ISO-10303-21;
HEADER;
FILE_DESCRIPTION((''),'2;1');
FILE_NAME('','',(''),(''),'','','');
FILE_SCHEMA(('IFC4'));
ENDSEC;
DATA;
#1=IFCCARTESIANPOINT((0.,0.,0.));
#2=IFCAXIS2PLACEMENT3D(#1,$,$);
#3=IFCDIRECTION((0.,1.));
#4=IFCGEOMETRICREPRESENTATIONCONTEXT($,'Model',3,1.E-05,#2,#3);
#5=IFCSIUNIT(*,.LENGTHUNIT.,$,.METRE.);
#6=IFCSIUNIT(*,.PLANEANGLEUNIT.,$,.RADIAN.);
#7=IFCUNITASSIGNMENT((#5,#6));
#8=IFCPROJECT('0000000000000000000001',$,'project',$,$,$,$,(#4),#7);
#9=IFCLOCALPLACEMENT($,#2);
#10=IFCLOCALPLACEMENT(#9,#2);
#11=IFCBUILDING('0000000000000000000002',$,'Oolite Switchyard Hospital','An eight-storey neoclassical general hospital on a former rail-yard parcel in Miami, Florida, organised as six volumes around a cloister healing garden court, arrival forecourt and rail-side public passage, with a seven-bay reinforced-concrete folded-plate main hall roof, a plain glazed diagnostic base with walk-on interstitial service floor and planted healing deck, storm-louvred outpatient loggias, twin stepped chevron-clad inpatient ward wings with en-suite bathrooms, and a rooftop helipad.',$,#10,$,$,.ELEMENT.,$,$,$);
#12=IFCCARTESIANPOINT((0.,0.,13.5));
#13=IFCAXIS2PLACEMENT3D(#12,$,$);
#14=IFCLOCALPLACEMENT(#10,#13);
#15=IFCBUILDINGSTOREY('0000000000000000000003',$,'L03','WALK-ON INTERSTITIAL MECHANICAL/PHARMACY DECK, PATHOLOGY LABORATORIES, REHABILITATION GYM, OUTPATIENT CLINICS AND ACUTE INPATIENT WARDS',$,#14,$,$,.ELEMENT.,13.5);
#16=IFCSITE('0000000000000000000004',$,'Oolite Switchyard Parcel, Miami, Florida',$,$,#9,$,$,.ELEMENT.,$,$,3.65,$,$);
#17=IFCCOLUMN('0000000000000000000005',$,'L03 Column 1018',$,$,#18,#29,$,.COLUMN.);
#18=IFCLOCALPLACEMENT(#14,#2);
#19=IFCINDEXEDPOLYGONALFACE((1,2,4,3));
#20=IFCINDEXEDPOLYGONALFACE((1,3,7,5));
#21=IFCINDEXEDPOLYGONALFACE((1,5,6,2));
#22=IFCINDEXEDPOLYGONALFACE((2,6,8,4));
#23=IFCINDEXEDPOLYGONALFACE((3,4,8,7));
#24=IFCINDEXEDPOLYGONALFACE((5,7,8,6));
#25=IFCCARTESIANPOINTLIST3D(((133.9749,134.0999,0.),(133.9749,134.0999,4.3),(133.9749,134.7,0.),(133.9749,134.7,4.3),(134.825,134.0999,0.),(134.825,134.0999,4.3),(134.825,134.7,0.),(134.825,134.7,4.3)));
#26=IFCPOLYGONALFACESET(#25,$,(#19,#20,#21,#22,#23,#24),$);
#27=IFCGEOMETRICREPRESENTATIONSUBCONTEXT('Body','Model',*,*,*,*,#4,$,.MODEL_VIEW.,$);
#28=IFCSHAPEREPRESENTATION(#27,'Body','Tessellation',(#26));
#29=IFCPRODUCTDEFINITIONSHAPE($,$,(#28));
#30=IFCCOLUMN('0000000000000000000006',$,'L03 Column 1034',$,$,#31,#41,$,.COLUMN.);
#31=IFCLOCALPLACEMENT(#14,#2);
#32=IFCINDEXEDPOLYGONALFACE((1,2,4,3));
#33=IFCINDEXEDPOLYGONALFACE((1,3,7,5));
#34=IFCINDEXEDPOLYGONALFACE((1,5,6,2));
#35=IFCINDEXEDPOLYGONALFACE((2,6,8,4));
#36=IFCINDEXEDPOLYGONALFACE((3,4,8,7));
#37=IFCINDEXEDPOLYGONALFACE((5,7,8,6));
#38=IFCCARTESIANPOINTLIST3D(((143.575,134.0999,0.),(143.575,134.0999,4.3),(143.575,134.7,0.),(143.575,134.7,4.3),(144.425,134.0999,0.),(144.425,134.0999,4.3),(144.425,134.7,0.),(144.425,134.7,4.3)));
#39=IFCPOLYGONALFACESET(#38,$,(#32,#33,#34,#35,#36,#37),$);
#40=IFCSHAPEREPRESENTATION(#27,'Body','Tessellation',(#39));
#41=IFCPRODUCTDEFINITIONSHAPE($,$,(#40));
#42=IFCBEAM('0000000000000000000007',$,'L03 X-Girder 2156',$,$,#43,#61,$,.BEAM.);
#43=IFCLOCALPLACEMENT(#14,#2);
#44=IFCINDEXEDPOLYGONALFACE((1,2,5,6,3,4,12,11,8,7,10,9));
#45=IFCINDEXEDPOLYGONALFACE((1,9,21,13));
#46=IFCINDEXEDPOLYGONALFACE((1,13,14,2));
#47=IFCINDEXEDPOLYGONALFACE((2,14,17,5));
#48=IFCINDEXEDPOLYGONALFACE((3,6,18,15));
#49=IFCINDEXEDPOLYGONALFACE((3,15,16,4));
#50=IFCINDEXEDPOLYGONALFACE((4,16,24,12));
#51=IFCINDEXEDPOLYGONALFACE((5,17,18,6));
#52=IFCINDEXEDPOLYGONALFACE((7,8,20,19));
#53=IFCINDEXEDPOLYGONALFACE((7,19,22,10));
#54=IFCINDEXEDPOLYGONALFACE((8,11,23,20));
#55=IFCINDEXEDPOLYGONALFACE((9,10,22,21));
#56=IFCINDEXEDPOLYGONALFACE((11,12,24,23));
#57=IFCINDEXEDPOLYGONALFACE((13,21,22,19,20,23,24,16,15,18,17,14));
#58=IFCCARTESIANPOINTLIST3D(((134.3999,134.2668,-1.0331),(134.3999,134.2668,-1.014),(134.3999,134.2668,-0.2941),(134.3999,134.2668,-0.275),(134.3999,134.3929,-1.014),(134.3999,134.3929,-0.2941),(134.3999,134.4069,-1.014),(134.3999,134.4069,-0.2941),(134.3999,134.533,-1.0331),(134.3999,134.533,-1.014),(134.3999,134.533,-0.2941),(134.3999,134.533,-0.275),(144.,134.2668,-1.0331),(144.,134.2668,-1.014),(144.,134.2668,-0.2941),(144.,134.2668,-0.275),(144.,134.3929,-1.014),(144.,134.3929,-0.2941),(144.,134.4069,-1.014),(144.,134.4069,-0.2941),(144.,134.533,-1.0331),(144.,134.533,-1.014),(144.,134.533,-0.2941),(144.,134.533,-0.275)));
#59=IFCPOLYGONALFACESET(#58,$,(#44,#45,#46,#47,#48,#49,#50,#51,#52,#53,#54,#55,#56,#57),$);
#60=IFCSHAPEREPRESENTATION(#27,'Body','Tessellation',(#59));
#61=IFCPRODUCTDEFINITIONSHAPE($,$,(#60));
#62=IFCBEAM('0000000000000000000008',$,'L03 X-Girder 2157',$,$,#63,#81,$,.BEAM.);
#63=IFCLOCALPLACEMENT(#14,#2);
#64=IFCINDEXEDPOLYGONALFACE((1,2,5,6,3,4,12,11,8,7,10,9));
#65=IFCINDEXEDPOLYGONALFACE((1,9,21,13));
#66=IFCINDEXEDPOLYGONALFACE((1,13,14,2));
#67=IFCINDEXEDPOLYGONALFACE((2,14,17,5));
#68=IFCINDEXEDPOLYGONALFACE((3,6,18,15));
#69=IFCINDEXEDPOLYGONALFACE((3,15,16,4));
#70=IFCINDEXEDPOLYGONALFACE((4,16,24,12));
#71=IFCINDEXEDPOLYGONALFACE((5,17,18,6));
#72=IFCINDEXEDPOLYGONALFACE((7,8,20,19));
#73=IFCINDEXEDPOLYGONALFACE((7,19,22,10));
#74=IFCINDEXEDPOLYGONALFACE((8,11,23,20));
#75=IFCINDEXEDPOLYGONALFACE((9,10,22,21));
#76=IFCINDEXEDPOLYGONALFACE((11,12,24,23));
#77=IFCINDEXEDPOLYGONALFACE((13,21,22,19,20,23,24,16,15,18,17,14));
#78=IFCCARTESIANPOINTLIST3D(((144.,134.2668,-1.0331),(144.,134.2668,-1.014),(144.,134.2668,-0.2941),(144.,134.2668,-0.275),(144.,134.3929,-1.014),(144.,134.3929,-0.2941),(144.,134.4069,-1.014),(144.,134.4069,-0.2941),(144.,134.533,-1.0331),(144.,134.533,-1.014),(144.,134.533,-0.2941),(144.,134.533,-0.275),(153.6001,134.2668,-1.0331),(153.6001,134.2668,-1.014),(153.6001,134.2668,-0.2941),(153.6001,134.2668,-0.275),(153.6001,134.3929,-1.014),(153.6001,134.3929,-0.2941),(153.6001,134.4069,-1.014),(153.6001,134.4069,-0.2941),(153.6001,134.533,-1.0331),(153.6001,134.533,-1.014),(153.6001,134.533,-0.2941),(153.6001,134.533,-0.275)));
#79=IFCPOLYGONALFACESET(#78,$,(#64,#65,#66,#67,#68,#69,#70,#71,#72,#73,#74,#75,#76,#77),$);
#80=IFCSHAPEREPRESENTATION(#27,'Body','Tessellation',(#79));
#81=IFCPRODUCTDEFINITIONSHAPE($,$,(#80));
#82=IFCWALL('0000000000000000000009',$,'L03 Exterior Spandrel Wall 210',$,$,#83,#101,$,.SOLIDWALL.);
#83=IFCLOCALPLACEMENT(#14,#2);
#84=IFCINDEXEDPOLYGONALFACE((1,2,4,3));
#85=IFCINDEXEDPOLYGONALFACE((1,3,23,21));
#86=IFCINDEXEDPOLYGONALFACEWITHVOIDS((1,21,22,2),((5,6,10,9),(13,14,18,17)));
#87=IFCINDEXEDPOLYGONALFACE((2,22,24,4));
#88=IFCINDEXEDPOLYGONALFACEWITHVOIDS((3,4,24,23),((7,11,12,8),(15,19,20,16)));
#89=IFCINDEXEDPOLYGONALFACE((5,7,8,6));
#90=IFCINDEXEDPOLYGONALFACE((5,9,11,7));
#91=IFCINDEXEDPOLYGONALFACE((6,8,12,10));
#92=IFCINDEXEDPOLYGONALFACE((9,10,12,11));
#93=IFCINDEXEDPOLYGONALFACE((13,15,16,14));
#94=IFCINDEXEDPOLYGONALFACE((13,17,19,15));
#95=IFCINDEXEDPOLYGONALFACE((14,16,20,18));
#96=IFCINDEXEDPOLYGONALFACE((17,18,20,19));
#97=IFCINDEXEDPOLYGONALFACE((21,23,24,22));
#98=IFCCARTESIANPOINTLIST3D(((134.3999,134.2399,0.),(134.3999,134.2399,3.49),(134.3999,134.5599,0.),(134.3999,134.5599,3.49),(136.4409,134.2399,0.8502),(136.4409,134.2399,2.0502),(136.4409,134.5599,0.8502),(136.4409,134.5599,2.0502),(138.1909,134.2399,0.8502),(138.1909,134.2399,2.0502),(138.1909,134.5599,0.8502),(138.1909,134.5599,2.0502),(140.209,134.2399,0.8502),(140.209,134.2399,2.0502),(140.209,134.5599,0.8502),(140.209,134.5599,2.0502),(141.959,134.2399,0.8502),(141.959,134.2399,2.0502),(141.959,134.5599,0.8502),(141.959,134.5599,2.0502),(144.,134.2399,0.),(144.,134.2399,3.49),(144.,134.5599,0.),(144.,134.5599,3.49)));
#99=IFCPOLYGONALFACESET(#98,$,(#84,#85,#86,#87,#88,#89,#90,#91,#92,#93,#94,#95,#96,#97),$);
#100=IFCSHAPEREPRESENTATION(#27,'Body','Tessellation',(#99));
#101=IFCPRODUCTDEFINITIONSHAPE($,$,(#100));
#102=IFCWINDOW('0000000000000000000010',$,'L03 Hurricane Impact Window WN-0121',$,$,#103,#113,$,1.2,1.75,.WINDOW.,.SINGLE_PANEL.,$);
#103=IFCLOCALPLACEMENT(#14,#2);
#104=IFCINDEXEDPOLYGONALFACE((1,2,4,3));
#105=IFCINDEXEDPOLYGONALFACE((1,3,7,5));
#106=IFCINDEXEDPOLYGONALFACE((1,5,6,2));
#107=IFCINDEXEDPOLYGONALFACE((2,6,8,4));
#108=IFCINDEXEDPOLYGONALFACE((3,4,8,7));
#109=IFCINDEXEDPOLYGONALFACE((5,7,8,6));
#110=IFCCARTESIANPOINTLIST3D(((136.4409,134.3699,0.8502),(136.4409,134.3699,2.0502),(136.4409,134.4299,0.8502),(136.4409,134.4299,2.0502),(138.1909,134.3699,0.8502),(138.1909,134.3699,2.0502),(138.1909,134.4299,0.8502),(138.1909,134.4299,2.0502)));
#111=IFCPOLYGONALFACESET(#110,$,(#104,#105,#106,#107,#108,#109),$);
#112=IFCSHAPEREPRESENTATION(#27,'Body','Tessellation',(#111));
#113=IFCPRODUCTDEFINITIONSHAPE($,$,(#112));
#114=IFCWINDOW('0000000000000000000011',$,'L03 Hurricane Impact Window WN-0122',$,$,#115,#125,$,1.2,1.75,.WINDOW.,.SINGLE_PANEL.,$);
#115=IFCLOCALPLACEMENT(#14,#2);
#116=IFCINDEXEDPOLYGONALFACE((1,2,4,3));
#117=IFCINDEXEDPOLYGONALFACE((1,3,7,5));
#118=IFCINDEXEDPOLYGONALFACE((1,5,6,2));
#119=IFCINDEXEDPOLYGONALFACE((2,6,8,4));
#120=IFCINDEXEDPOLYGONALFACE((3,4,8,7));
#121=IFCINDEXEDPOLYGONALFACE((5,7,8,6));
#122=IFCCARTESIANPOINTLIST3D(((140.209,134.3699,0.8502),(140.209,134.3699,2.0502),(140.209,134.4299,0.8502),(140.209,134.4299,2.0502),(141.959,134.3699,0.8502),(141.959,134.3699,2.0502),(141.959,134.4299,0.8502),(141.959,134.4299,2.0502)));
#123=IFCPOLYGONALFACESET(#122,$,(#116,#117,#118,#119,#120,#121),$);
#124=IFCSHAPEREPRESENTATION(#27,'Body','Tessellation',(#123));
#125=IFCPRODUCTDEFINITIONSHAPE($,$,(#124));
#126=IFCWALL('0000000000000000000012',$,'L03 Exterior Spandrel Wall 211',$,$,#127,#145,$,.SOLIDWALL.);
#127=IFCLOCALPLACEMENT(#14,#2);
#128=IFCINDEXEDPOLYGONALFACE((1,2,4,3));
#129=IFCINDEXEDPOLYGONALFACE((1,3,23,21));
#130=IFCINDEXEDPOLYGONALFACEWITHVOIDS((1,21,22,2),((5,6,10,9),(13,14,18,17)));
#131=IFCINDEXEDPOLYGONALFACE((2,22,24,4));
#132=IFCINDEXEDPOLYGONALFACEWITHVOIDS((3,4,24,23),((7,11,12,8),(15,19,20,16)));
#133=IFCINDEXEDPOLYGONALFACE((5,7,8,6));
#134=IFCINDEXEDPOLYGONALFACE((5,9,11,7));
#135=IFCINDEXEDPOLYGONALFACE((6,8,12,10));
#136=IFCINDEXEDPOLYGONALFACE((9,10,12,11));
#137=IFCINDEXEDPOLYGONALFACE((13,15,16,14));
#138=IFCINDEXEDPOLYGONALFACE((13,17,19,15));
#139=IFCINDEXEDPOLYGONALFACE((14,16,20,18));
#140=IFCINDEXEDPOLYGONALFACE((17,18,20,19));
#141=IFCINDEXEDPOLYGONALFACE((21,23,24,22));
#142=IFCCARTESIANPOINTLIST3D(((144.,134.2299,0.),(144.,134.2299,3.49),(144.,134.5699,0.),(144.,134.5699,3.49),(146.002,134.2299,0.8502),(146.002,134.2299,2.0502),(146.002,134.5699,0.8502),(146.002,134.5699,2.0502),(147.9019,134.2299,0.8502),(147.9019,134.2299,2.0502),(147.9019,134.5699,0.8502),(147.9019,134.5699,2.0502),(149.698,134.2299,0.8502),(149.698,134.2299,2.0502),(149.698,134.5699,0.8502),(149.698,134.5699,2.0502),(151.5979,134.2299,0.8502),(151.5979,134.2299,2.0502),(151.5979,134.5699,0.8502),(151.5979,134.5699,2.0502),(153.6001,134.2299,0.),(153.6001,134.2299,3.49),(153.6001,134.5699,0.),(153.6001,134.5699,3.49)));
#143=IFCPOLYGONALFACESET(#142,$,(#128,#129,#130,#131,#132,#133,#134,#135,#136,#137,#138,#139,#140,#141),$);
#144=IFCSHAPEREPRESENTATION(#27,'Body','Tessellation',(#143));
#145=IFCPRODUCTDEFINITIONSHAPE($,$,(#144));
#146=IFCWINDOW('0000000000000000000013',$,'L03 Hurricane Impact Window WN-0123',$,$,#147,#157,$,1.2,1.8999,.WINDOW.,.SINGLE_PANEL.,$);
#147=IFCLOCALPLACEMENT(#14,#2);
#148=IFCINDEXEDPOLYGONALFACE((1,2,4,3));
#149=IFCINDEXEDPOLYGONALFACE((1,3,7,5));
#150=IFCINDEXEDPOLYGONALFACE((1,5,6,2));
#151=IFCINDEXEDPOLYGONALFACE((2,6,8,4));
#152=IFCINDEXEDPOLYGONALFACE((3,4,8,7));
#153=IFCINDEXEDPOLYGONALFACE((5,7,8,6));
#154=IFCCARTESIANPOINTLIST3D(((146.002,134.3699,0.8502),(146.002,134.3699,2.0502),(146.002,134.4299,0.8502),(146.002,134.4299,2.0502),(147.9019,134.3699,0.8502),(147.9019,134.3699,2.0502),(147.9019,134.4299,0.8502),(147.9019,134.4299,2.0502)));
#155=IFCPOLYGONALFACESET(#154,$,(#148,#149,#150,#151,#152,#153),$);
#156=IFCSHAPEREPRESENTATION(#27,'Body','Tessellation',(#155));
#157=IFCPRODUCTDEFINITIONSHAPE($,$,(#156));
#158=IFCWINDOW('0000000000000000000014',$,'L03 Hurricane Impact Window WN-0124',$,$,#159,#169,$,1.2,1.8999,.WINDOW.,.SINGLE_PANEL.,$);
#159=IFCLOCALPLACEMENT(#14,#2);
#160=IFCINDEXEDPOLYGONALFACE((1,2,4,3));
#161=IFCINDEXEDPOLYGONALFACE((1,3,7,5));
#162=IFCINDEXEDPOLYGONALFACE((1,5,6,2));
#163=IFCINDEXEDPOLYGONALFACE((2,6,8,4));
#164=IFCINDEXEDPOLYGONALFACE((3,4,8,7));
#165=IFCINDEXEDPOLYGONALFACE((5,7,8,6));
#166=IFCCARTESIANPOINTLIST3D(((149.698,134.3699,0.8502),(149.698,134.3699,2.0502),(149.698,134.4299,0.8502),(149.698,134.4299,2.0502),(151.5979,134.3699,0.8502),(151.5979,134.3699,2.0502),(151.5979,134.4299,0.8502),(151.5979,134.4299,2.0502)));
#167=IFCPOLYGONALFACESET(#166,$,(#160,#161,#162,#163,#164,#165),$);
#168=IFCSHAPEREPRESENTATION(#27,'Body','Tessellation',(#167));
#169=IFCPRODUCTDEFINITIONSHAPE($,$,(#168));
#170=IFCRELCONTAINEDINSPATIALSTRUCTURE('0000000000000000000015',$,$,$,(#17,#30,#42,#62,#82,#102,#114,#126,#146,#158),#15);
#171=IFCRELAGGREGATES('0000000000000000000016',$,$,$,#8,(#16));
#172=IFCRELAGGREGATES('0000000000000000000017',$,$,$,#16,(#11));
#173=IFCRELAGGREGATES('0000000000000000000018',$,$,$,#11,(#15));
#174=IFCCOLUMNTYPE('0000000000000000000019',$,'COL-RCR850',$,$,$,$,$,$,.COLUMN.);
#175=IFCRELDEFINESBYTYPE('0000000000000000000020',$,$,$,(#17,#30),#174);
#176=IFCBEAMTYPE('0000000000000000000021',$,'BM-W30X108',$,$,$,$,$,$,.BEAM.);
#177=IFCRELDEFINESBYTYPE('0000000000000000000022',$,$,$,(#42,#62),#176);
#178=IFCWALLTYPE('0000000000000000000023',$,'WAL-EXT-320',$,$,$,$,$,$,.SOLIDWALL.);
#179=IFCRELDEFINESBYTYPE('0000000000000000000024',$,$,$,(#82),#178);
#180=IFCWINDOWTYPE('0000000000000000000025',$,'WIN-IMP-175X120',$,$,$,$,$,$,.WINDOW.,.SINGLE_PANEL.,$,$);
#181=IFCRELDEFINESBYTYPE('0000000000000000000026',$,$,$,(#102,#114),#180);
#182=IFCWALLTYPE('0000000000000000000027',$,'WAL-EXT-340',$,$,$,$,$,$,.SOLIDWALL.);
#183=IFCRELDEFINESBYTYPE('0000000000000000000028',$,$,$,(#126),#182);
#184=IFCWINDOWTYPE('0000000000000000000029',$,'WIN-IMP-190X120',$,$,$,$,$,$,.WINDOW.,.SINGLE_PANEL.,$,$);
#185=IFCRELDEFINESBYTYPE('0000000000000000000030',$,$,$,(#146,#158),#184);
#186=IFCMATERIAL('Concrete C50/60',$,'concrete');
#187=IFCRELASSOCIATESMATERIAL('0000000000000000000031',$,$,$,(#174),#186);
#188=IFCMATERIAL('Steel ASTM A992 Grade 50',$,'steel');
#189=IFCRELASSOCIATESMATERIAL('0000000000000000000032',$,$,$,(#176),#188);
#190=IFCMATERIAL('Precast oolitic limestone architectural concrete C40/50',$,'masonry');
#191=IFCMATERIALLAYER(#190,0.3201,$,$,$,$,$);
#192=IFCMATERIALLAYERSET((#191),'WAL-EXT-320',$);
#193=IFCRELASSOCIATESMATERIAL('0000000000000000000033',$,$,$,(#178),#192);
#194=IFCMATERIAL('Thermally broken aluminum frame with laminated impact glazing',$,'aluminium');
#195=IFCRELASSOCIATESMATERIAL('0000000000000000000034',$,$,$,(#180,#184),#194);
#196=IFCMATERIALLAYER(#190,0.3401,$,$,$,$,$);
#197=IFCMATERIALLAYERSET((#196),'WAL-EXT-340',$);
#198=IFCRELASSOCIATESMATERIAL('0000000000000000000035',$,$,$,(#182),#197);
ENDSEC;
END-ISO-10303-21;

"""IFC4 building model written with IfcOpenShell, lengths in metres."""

from ifc_helpers import new_model, si_unit, direction, frame, frame_2d, origin, origin_2d, place, context, subcontext, project, spatial, rectangle, i_section, extrude, material, layer, layer_set, material_profile, profile_set, type_object, element, fill, save


model = new_model("IFC4")

# Units and contexts
model_context = context("Model", 3, precision=1e-05, world=origin(), true_north=direction((0.0, 1.0)))
body_context = subcontext(model_context, "Body", "Model", "MODEL_VIEW")
ifc_project = project(units=[si_unit("LENGTHUNIT", "METRE"), si_unit("PLANEANGLEUNIT", "RADIAN")], contexts=[model_context])

# Site, building, storey
site_placement = place(None, origin())
site = spatial("IfcSite", under=ifc_project, at=site_placement, Name="Oolite Switchyard Parcel, Miami, Florida", CompositionType="ELEMENT", RefElevation=3.65)
building_placement = place(site_placement, origin())
building = spatial("IfcBuilding", under=site, at=building_placement, Name="Oolite Switchyard Hospital", Description="An eight-storey neoclassical general hospital on a former rail-yard parcel in Miami, Florida, organised as six volumes around a cloister healing garden court, arrival forecourt and rail-side public passage, with a seven-bay reinforced-concrete folded-plate main hall roof, a plain glazed diagnostic base with walk-on interstitial service floor and planted healing deck, storm-louvred outpatient loggias, twin stepped chevron-clad inpatient ward wings with en-suite bathrooms, and a rooftop helipad.", CompositionType="ELEMENT")
storey_placement = place(building_placement, frame((0.0, 0.0, 13.5)))
storey = spatial("IfcBuildingStorey", under=building, at=storey_placement, Name="L03", Description="WALK-ON INTERSTITIAL MECHANICAL/PHARMACY DECK, PATHOLOGY LABORATORIES, REHABILITATION GYM, OUTPATIENT CLINICS AND ACUTE INPATIENT WARDS", CompositionType="ELEMENT", Elevation=13.5)

# Columns
ifc_material_1 = material(Name="Concrete C50/60", Category="concrete")
ifc_material_profile_1 = material_profile(ifc_material_1, rectangle(XDim=0.8501, YDim=0.6001, at=origin_2d()), Name="RC850X600")
ifc_profile_set_1 = profile_set([ifc_material_profile_1], Name="Concrete C50/60")
column_type = type_object("IfcColumnType", Name="COL-RCR850", PredefinedType="COLUMN", material=ifc_profile_set_1)
for number, where, z_axis, x_axis, name in (
    (1, (134.3999, 134.3999, 0.0), (0.0, 0.0, 1.0), (1.0, 0.0, 0.0), "L03 Column 1018"),
    (2, (144.0, 134.3999, 0.0), (0.0, 0.0, 1.0), (1.0, 0.0, 0.0), "L03 Column 1034"),
):
    element("IfcColumn", number, at=place(storey_placement, frame(where, z_axis=z_axis, x_axis=x_axis)), inside=storey, type_object=column_type, Name=name, PredefinedType="COLUMN", context=body_context, shape_type="SweptSolid", body=[
        extrude(rectangle(XDim=0.8501, YDim=0.6001, at=origin_2d()), origin(), (0.0, 0.0, 1.0), 4.3),
    ])

# Beams
ifc_material_2 = material(Name="Steel ASTM A992 Grade 50", Category="steel")
ifc_material_profile_2 = material_profile(ifc_material_2, i_section(OverallWidth=0.2661, OverallDepth=0.7581, WebThickness=0.0139, FlangeThickness=0.019, at=origin_2d()), Name="W30X108")
ifc_profile_set_2 = profile_set([ifc_material_profile_2], Name="Steel ASTM A992 Grade 50")
beam_type = type_object("IfcBeamType", Name="BM-W30X108", PredefinedType="BEAM", material=ifc_profile_set_2)
for number, where, z_axis, x_axis, name in (
    (3, (134.3999, 134.3999, -0.6541), (1.0, 0.0, 0.0), (0.0, 1.0, 0.0), "L03 X-Girder 2156"),
    (4, (144.0, 134.3999, -0.6541), (1.0, 0.0, 0.0), (0.0, 1.0, 0.0), "L03 X-Girder 2157"),
):
    element("IfcBeam", number, at=place(storey_placement, frame(where, z_axis=z_axis, x_axis=x_axis)), inside=storey, type_object=beam_type, Name=name, PredefinedType="BEAM", context=body_context, shape_type="SweptSolid", body=[
        extrude(i_section(OverallWidth=0.2661, OverallDepth=0.7581, WebThickness=0.0139, FlangeThickness=0.019, at=origin_2d()), origin(), (0.0, 0.0, 1.0), 9.6001),
    ])

# Walls, openings, windows
ifc_material_3 = material(Name="Precast oolitic limestone architectural concrete C40/50", Category="masonry")
ifc_layer_1 = layer(ifc_material_3, 0.3201)
ifc_layer_set_1 = layer_set([ifc_layer_1], Name="WAL-EXT-320")
wall_type_1 = type_object("IfcWallType", Name="WAL-EXT-320", PredefinedType="SOLIDWALL", material=ifc_layer_set_1)
wall_1_placement = place(storey_placement, frame((134.3999, 134.3999, 0.0), z_axis=(0.0, 0.0, 1.0), x_axis=(1.0, 0.0, 0.0)))
wall_1 = element("IfcWall", 5, at=wall_1_placement, inside=storey, type_object=wall_type_1, Name="L03 Exterior Spandrel Wall 210", PredefinedType="SOLIDWALL", context=body_context, shape_type="SweptSolid", body=[
    extrude(rectangle(XDim=9.6001, YDim=0.3201, at=frame_2d((4.8, 0.0))), origin(), (0.0, 0.0, 1.0), 3.49),
])
opening_1_placement = place(wall_1_placement, frame((2.041, 0.0, 0.8501)))
opening_1 = element("IfcOpeningElement", 6, at=opening_1_placement, cuts=wall_1, PredefinedType="OPENING", context=body_context, shape_type="SweptSolid", body=[
    extrude(rectangle(XDim=1.75, YDim=1.2, at=frame_2d((0.875, 0.6001))), frame((0.0, 0.1699, 0.0), z_axis=(0.0, -1.0, 0.0), x_axis=(1.0, 0.0, 0.0)), (0.0, 0.0, 1.0), 0.3401),
])
opening_2_placement = place(wall_1_placement, frame((5.8091, 0.0, 0.8501)))
opening_2 = element("IfcOpeningElement", 7, at=opening_2_placement, cuts=wall_1, PredefinedType="OPENING", context=body_context, shape_type="SweptSolid", body=[
    extrude(rectangle(XDim=1.75, YDim=1.2, at=frame_2d((0.875, 0.6001))), frame((0.0, 0.1699, 0.0), z_axis=(0.0, -1.0, 0.0), x_axis=(1.0, 0.0, 0.0)), (0.0, 0.0, 1.0), 0.3401),
])
ifc_material_4 = material(Name="Thermally broken aluminum frame with laminated impact glazing", Category="aluminium")
window_type_1 = type_object("IfcWindowType", Name="WIN-IMP-175X120", PartitioningType="SINGLE_PANEL", PredefinedType="WINDOW", material=ifc_material_4)
window_1_placement = place(opening_1_placement, origin())
window_1 = element("IfcWindow", 8, at=window_1_placement, inside=storey, type_object=window_type_1, Name="L03 Hurricane Impact Window WN-0121", OverallHeight=1.2, OverallWidth=1.75, PartitioningType="SINGLE_PANEL", PredefinedType="WINDOW", context=body_context, shape_type="SweptSolid", body=[
    extrude(rectangle(XDim=1.75, YDim=1.2, at=frame_2d((0.875, 0.6001))), frame((0.0, 0.03, 0.0), z_axis=(0.0, -1.0, 0.0), x_axis=(1.0, 0.0, 0.0)), (0.0, 0.0, 1.0), 0.0601),
])
fill(opening_1, window_1)
window_2_placement = place(opening_2_placement, origin())
window_2 = element("IfcWindow", 9, at=window_2_placement, inside=storey, type_object=window_type_1, Name="L03 Hurricane Impact Window WN-0122", OverallHeight=1.2, OverallWidth=1.75, PartitioningType="SINGLE_PANEL", PredefinedType="WINDOW", context=body_context, shape_type="SweptSolid", body=[
    extrude(rectangle(XDim=1.75, YDim=1.2, at=frame_2d((0.875, 0.6001))), frame((0.0, 0.03, 0.0), z_axis=(0.0, -1.0, 0.0), x_axis=(1.0, 0.0, 0.0)), (0.0, 0.0, 1.0), 0.0601),
])
fill(opening_2, window_2)
ifc_layer_2 = layer(ifc_material_3, 0.3401)
ifc_layer_set_2 = layer_set([ifc_layer_2], Name="WAL-EXT-340")
wall_type_2 = type_object("IfcWallType", Name="WAL-EXT-340", PredefinedType="SOLIDWALL", material=ifc_layer_set_2)
wall_2_placement = place(storey_placement, frame((144.0, 134.3999, 0.0), z_axis=(0.0, 0.0, 1.0), x_axis=(1.0, 0.0, 0.0)))
wall_2 = element("IfcWall", 10, at=wall_2_placement, inside=storey, type_object=wall_type_2, Name="L03 Exterior Spandrel Wall 211", PredefinedType="SOLIDWALL", context=body_context, shape_type="SweptSolid", body=[
    extrude(rectangle(XDim=9.6001, YDim=0.3401, at=frame_2d((4.8, 0.0))), origin(), (0.0, 0.0, 1.0), 3.49),
])
opening_3_placement = place(wall_2_placement, frame((2.002, 0.0, 0.8501)))
opening_3 = element("IfcOpeningElement", 11, at=opening_3_placement, cuts=wall_2, PredefinedType="OPENING", context=body_context, shape_type="SweptSolid", body=[
    extrude(rectangle(XDim=1.8999, YDim=1.2, at=frame_2d((0.95, 0.6001))), frame((0.0, 0.1802, 0.0), z_axis=(0.0, -1.0, 0.0), x_axis=(1.0, 0.0, 0.0)), (0.0, 0.0, 1.0), 0.3601),
])
opening_4_placement = place(wall_2_placement, frame((5.698, 0.0, 0.8501)))
opening_4 = element("IfcOpeningElement", 12, at=opening_4_placement, cuts=wall_2, PredefinedType="OPENING", context=body_context, shape_type="SweptSolid", body=[
    extrude(rectangle(XDim=1.8999, YDim=1.2, at=frame_2d((0.95, 0.6001))), frame((0.0, 0.1802, 0.0), z_axis=(0.0, -1.0, 0.0), x_axis=(1.0, 0.0, 0.0)), (0.0, 0.0, 1.0), 0.3601),
])
window_type_2 = type_object("IfcWindowType", Name="WIN-IMP-190X120", PartitioningType="SINGLE_PANEL", PredefinedType="WINDOW", material=ifc_material_4)
window_3_placement = place(opening_3_placement, origin())
window_3 = element("IfcWindow", 13, at=window_3_placement, inside=storey, type_object=window_type_2, Name="L03 Hurricane Impact Window WN-0123", OverallHeight=1.2, OverallWidth=1.8999, PartitioningType="SINGLE_PANEL", PredefinedType="WINDOW", context=body_context, shape_type="SweptSolid", body=[
    extrude(rectangle(XDim=1.8999, YDim=1.2, at=frame_2d((0.95, 0.6001))), frame((0.0, 0.03, 0.0), z_axis=(0.0, -1.0, 0.0), x_axis=(1.0, 0.0, 0.0)), (0.0, 0.0, 1.0), 0.0601),
])
fill(opening_3, window_3)
window_4_placement = place(opening_4_placement, origin())
window_4 = element("IfcWindow", 14, at=window_4_placement, inside=storey, type_object=window_type_2, Name="L03 Hurricane Impact Window WN-0124", OverallHeight=1.2, OverallWidth=1.8999, PartitioningType="SINGLE_PANEL", PredefinedType="WINDOW", context=body_context, shape_type="SweptSolid", body=[
    extrude(rectangle(XDim=1.8999, YDim=1.2, at=frame_2d((0.95, 0.6001))), frame((0.0, 0.03, 0.0), z_axis=(0.0, -1.0, 0.0), x_axis=(1.0, 0.0, 0.0)), (0.0, 0.0, 1.0), 0.0601),
])
fill(opening_4, window_4)

save(model, "model.ifc")
